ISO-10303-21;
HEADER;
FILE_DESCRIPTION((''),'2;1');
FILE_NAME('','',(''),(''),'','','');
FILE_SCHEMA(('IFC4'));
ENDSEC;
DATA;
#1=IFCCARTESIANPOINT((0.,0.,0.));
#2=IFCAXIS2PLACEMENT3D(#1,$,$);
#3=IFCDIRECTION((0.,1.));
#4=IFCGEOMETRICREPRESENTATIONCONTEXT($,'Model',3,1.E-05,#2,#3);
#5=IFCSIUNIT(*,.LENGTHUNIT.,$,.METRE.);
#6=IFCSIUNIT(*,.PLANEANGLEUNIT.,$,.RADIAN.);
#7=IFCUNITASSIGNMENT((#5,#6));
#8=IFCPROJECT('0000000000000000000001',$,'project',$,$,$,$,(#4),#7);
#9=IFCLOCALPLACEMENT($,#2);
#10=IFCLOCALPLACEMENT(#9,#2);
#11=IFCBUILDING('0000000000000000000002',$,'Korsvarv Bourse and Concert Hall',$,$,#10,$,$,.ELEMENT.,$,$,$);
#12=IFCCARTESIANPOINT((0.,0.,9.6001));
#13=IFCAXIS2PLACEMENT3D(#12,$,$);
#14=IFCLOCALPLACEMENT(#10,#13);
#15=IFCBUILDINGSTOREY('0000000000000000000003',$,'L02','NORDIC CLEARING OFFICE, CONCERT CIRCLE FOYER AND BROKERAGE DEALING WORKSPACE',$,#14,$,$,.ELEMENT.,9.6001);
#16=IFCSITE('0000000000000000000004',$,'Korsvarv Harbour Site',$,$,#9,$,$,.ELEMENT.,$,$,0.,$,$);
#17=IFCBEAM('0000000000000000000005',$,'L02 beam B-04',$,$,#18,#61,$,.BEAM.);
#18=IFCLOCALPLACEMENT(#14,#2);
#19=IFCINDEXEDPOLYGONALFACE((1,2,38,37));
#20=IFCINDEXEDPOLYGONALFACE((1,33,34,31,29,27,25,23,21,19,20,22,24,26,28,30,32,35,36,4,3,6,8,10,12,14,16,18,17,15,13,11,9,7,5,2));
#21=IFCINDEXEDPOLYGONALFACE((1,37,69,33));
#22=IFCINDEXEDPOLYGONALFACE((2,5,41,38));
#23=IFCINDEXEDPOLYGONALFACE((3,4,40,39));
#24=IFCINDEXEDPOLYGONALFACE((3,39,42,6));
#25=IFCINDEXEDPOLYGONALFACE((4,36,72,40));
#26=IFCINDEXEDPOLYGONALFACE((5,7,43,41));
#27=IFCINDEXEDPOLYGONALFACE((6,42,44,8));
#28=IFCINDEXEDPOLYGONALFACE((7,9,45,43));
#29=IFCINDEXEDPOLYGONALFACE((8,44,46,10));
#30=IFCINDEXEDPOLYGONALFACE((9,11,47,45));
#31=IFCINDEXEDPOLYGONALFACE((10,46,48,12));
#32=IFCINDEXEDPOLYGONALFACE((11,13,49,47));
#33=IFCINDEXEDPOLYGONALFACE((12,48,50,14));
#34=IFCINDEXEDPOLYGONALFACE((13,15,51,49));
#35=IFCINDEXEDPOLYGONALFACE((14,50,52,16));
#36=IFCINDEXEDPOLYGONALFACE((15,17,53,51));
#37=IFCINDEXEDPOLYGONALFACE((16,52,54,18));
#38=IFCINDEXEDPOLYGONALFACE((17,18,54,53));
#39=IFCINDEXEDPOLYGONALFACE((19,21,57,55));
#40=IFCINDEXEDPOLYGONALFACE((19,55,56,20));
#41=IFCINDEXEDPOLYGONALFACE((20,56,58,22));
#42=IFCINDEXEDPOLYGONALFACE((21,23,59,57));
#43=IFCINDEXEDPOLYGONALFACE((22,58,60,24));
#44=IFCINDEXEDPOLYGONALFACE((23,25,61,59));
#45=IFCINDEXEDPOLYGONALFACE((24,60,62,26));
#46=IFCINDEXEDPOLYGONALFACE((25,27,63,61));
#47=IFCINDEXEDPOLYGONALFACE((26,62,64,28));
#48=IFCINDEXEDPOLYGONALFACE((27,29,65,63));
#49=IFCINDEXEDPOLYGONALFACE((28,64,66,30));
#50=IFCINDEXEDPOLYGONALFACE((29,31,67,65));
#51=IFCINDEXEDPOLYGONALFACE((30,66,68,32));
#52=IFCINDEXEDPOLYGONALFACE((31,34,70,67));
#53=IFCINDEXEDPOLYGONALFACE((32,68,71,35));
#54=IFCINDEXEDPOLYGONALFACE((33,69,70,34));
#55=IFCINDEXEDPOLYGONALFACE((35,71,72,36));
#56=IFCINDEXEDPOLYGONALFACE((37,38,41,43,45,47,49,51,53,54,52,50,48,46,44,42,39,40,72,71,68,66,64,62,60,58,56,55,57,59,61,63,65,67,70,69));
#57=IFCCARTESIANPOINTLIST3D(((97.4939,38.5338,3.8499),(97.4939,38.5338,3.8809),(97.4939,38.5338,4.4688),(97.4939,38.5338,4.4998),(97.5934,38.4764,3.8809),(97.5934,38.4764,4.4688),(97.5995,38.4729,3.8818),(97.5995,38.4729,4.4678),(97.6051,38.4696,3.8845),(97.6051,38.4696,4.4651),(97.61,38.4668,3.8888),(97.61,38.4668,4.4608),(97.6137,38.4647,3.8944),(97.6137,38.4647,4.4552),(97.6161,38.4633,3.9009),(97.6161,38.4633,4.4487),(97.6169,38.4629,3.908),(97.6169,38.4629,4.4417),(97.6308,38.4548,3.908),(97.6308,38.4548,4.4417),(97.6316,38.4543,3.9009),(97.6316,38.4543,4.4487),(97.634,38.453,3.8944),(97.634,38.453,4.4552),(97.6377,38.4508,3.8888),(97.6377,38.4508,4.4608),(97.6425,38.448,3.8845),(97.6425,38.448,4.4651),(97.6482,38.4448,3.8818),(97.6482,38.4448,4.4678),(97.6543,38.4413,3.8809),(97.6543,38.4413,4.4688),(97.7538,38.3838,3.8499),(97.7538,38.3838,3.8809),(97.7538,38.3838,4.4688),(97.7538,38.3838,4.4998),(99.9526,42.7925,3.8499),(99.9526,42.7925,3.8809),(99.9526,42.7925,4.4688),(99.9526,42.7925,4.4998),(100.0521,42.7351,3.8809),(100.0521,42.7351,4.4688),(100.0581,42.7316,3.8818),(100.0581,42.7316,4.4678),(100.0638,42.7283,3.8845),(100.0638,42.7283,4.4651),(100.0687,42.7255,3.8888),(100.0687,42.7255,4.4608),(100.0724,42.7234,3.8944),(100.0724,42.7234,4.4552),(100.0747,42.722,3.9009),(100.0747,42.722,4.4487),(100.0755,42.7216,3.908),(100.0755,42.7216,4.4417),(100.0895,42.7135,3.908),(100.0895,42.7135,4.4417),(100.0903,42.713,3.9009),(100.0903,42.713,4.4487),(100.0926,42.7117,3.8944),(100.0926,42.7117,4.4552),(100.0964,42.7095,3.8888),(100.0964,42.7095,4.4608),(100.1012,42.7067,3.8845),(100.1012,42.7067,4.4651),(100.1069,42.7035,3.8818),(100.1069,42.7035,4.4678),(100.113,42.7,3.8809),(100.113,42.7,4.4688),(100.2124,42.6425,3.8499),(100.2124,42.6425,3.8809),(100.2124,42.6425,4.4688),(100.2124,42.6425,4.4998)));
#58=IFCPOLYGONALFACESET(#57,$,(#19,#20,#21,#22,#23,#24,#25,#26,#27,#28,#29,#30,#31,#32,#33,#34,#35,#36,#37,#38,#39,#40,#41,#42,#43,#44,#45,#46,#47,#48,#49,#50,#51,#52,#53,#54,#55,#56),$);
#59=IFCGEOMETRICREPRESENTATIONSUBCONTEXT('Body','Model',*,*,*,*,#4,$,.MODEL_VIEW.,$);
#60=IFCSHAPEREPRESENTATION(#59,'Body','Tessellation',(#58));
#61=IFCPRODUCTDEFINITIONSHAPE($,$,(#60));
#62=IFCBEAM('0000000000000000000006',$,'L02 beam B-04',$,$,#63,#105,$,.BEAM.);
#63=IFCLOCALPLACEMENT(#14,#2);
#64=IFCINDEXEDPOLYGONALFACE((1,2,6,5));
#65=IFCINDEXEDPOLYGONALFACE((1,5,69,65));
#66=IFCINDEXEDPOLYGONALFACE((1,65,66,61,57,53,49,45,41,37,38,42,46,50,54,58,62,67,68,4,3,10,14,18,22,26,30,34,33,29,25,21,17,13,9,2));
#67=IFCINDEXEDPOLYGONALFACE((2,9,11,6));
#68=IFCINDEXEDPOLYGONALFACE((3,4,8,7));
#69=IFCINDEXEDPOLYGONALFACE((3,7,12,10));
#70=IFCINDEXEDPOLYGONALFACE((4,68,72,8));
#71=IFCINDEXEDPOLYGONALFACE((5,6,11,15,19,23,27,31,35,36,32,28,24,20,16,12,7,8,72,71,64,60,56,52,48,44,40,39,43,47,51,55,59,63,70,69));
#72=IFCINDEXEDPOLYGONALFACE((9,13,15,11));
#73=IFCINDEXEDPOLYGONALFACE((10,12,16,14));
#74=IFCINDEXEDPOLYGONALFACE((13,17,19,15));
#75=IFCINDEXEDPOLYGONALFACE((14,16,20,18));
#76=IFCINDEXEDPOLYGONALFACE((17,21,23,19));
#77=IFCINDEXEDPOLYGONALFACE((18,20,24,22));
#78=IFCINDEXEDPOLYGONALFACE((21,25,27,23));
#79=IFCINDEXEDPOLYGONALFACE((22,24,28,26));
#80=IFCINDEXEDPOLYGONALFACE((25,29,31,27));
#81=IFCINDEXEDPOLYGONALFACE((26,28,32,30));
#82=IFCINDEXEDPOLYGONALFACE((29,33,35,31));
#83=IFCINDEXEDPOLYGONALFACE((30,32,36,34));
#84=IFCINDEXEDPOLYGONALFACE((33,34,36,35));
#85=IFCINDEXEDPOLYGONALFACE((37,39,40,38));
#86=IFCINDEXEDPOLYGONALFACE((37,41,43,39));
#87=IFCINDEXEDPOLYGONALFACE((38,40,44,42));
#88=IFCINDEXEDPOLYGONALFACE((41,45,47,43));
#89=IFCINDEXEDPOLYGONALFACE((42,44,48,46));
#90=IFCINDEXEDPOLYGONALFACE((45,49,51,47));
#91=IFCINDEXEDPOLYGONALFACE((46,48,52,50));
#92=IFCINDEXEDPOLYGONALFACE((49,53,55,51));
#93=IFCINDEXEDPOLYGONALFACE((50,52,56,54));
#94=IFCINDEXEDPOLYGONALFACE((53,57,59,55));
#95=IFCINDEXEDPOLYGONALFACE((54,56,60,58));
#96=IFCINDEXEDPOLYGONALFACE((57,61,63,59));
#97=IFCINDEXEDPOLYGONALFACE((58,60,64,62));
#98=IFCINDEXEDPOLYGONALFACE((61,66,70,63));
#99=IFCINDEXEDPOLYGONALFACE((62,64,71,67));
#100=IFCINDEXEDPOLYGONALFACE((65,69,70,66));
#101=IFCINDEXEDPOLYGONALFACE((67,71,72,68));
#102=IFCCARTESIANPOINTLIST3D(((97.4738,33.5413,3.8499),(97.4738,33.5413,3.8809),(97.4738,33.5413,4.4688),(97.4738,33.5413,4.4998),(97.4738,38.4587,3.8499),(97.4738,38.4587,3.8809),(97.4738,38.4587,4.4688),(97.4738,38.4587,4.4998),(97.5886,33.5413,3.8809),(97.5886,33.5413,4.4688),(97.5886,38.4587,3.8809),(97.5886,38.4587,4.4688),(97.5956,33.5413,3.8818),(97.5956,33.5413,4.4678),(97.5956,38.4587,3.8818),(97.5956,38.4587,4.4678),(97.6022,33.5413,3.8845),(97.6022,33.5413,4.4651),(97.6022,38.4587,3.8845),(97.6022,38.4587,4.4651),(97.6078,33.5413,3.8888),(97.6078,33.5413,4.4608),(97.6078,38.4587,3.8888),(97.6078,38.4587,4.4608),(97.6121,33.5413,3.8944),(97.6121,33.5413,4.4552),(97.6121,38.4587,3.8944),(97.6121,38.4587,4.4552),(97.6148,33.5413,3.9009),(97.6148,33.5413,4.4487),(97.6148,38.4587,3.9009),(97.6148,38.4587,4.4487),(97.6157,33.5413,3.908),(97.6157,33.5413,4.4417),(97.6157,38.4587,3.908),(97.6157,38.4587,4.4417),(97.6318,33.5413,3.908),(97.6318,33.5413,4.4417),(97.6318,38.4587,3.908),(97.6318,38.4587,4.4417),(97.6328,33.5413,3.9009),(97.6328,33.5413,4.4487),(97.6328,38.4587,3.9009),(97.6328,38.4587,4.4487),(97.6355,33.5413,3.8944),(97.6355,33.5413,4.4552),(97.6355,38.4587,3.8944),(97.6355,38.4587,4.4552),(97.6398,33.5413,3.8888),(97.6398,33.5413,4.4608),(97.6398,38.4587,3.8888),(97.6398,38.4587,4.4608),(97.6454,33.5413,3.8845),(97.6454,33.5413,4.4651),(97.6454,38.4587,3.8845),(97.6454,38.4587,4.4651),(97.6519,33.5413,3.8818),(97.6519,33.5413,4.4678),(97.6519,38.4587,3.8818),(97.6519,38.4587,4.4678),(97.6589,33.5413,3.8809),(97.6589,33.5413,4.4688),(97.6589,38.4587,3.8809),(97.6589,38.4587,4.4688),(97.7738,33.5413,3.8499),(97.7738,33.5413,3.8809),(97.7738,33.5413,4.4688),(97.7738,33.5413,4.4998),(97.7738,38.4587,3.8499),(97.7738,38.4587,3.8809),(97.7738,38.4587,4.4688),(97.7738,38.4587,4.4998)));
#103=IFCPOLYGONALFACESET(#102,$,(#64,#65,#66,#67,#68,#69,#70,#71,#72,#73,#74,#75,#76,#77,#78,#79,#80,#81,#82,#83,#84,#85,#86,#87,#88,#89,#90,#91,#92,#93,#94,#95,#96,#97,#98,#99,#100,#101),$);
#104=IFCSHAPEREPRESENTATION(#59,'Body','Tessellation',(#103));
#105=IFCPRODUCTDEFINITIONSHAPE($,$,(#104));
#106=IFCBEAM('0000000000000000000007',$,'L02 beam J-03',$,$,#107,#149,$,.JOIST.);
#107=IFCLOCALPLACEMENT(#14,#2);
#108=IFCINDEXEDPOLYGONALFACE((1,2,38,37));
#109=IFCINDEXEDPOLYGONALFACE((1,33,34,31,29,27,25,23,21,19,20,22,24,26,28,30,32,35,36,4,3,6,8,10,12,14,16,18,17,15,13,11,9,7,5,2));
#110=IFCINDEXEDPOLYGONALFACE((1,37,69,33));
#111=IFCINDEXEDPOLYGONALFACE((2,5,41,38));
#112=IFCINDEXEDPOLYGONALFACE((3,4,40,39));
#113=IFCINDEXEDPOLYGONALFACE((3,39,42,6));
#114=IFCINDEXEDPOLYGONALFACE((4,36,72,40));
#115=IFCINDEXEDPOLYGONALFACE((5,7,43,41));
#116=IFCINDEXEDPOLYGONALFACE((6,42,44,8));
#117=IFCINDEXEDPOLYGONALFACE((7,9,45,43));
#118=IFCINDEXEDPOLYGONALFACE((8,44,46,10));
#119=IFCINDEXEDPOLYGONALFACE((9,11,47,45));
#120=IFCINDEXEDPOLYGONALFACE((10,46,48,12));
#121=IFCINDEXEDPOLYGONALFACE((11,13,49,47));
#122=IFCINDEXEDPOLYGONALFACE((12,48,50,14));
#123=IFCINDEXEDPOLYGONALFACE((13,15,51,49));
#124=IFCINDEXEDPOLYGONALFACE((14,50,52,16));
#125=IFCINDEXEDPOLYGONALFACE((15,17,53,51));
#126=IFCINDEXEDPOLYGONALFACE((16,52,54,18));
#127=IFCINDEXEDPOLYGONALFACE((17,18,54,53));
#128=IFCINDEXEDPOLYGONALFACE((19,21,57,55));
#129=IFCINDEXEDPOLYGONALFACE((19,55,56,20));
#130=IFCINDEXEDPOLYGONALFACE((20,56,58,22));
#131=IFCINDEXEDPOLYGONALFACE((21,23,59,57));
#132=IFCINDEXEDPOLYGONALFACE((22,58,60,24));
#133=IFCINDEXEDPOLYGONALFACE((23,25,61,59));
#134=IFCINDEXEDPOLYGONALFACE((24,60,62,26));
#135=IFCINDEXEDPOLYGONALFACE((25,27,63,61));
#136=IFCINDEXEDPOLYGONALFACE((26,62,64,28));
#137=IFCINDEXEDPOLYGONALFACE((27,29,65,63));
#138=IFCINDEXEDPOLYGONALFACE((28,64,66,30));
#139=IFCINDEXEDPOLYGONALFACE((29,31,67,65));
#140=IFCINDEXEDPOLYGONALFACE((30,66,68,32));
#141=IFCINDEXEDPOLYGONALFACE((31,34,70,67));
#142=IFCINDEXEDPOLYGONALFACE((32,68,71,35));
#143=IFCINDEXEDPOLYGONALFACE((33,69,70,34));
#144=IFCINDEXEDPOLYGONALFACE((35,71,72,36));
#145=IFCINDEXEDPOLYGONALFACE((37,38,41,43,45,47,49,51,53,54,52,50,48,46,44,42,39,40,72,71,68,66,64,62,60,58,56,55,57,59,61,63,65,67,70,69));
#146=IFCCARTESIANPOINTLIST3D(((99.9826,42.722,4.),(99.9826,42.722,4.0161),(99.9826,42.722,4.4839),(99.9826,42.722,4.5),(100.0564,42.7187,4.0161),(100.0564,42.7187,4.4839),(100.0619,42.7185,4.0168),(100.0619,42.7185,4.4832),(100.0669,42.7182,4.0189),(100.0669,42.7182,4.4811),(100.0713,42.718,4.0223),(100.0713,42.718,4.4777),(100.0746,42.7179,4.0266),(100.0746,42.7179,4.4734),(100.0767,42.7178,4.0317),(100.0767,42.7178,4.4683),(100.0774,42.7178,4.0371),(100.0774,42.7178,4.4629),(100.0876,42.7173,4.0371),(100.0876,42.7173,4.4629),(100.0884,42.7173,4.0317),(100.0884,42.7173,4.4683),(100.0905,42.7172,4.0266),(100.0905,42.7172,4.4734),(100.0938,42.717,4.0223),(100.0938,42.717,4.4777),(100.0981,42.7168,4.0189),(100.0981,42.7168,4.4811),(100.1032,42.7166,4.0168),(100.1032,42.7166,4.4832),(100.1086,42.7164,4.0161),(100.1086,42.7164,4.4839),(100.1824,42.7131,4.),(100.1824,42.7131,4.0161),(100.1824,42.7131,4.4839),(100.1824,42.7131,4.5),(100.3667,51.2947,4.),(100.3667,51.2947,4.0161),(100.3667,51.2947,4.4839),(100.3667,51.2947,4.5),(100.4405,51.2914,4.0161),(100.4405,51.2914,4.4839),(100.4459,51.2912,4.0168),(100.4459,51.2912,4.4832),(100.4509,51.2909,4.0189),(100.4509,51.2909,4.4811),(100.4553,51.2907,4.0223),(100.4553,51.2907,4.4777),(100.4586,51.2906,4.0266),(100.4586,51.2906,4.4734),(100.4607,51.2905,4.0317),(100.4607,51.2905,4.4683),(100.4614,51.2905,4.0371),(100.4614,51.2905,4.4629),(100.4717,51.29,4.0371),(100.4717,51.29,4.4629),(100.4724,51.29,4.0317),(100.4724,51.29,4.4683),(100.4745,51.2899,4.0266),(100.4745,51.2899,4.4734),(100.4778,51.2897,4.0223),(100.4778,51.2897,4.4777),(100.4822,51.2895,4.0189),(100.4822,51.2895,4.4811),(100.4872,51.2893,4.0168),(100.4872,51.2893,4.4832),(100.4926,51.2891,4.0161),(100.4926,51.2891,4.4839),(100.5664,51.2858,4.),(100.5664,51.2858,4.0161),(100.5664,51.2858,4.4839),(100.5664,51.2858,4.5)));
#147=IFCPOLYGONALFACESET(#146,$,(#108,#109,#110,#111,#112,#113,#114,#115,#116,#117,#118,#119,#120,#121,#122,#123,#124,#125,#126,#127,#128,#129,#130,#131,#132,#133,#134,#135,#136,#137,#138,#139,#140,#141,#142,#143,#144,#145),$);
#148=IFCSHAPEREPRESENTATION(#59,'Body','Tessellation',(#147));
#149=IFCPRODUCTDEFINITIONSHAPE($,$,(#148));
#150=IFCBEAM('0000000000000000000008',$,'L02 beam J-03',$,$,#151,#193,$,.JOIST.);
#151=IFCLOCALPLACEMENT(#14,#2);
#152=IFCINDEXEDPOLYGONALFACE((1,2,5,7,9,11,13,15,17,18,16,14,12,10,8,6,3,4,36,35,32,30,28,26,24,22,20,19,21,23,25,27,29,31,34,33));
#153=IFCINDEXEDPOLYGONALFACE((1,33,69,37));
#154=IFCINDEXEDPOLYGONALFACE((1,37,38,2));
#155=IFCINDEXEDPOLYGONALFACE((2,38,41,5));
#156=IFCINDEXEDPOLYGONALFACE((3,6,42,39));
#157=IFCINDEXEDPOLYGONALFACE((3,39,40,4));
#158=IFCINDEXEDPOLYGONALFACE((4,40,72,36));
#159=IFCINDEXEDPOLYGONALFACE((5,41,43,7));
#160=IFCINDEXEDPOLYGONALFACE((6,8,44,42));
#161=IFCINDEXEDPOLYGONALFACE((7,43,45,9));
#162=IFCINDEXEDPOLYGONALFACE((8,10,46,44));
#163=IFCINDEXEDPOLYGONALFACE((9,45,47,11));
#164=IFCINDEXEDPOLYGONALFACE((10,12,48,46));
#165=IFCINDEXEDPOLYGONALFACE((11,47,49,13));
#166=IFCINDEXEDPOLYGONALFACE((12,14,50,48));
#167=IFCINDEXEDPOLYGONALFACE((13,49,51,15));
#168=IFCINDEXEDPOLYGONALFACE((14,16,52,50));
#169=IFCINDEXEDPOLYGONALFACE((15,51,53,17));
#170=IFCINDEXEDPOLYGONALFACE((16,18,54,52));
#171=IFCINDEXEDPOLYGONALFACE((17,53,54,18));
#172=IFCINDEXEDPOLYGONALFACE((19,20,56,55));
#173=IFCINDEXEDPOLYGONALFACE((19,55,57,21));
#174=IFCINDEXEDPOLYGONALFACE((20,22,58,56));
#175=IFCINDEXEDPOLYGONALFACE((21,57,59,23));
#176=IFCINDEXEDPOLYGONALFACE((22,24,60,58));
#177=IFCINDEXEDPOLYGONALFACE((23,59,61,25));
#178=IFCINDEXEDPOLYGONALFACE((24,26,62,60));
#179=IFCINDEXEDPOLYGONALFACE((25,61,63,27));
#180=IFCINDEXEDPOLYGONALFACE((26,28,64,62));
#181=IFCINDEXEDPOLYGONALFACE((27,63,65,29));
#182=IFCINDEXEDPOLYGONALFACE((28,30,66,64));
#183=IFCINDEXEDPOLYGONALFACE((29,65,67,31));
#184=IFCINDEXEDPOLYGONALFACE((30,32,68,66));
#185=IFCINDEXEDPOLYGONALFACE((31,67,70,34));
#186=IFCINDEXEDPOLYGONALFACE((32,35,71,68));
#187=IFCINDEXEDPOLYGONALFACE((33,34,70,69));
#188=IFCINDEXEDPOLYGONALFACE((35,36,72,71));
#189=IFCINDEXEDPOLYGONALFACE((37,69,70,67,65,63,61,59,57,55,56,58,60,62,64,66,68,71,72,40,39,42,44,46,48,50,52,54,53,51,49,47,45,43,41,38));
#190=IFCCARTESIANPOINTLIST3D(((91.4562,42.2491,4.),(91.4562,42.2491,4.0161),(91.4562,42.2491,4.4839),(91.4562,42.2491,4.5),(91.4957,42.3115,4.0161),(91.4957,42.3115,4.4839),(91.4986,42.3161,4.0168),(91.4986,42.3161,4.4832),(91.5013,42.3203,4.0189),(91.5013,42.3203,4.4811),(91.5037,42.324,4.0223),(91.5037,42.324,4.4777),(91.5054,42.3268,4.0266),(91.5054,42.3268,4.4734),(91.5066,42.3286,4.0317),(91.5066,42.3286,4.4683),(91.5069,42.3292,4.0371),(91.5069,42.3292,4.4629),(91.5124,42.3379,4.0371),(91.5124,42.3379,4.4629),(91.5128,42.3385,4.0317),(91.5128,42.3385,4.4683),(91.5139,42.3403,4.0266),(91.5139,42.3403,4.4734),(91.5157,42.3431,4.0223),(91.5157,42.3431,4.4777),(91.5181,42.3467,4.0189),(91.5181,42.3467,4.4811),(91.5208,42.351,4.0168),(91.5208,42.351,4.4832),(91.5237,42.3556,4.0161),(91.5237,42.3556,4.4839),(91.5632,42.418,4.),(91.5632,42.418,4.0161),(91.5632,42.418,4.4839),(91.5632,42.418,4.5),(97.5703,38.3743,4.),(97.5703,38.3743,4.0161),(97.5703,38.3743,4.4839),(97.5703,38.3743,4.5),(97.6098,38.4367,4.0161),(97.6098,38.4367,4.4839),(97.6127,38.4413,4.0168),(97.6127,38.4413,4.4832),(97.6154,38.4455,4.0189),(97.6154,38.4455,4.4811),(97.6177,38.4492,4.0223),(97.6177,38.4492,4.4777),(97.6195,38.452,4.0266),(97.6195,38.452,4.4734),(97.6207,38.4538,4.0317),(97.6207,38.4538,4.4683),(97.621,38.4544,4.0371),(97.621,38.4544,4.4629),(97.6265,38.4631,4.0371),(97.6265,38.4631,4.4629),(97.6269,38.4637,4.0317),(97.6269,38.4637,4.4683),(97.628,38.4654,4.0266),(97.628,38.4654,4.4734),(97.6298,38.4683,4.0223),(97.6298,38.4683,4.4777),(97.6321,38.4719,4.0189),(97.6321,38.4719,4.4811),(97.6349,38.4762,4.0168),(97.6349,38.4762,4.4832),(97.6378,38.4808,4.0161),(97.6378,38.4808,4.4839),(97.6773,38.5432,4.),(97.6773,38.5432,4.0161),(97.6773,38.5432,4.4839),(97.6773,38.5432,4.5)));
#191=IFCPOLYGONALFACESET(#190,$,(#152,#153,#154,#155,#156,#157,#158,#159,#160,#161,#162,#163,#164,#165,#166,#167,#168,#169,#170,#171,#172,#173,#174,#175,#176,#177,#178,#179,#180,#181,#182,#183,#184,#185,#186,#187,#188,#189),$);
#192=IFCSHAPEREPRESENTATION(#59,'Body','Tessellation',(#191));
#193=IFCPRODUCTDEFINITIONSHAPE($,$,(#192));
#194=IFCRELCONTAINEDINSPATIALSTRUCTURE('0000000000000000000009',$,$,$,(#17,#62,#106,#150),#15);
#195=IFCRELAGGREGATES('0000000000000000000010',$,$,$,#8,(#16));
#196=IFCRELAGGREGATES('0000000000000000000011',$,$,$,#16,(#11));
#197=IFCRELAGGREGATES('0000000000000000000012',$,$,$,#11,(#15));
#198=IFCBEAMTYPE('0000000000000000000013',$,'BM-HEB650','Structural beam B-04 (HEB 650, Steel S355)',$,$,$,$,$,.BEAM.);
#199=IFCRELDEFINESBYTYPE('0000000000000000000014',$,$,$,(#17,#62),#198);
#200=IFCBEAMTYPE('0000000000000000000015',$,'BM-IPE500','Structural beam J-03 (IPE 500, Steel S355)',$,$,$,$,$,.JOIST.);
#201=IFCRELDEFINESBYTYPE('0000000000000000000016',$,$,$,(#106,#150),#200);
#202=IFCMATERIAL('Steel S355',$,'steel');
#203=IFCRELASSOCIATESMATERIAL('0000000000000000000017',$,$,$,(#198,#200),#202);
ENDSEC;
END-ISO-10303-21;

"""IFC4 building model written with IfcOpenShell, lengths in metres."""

from ifc_helpers import new_model, si_unit, direction, frame, origin, origin_2d, place, context, subcontext, project, spatial, i_section, extrude, source, transform, mapped, material, material_profile, profile_set, type_object, element, save


model = new_model("IFC4")

# Units and contexts
model_context = context("Model", 3, precision=1e-05, world=origin(), true_north=direction((0.0, 1.0)))
body_context = subcontext(model_context, "Body", "Model", "MODEL_VIEW")
ifc_project = project(units=[si_unit("LENGTHUNIT", "METRE"), si_unit("PLANEANGLEUNIT", "RADIAN")], contexts=[model_context])

# Site, building, storey
site_placement = place(None, origin())
site = spatial("IfcSite", under=ifc_project, at=site_placement, Name="Korsvarv Harbour Site", CompositionType="ELEMENT", RefElevation=0.0)
building_placement = place(site_placement, origin())
building = spatial("IfcBuilding", under=site, at=building_placement, Name="Korsvarv Bourse and Concert Hall", CompositionType="ELEMENT")
storey_placement = place(building_placement, frame((0.0, 0.0, 9.6001)))
storey = spatial("IfcBuildingStorey", under=building, at=storey_placement, Name="L02", Description="NORDIC CLEARING OFFICE, CONCERT CIRCLE FOYER AND BROKERAGE DEALING WORKSPACE", CompositionType="ELEMENT", Elevation=9.6001)

# Beams
ifc_material_1 = material(Name="Steel S355", Category="steel")
ifc_material_profile_1 = material_profile(ifc_material_1, i_section(OverallWidth=0.3, OverallDepth=0.6499, WebThickness=0.0161, FlangeThickness=0.031, FilletRadius=0.0271, at=origin_2d()), Name="HEB 650")
ifc_profile_set_1 = profile_set([ifc_material_profile_1], Name="Steel S355")
beam_type_1 = type_object("IfcBeamType", Name="BM-HEB650", Description="Structural beam B-04 (HEB 650, Steel S355)", PredefinedType="BEAM", material=ifc_profile_set_1)
shared_shape_1 = source(origin(), body_context, "Body", "SweptSolid", [
    extrude(i_section(OverallWidth=0.3, OverallDepth=0.6499, WebThickness=0.0161, FlangeThickness=0.031, FilletRadius=0.0271, at=origin_2d()), origin(), (0.0, 0.0, 1.0), 4.9175),
])
for number, where, z_axis, x_axis, name in (
    (1, (100.0825, 42.7175, 4.1748), (-0.499989, -0.866032, 0.0), (0.866032, -0.499989, 0.0), "L02 beam B-04"),
    (2, (97.6238, 38.4587, 4.1748), (0.0, -1.0, 0.0), (1.0, 0.0, 0.0), "L02 beam B-04"),
):
    element("IfcBeam", number, at=place(storey_placement, frame(where, z_axis=z_axis, x_axis=x_axis)), inside=storey, type_object=beam_type_1, Name=name, PredefinedType="BEAM", context=body_context, shape_type="MappedRepresentation", body=[
        mapped(shared_shape_1, transform((0.0, 0.0, 0.0), scale=1.0)),
    ])
ifc_material_profile_2 = material_profile(ifc_material_1, i_section(OverallWidth=0.2, OverallDepth=0.5, WebThickness=0.0103, FlangeThickness=0.0161, FilletRadius=0.021, at=origin_2d()), Name="IPE 500")
ifc_profile_set_2 = profile_set([ifc_material_profile_2], Name="Steel S355")
beam_type_2 = type_object("IfcBeamType", Name="BM-IPE500", Description="Structural beam J-03 (IPE 500, Steel S355)", PredefinedType="JOIST", material=ifc_profile_set_2)
shared_shape_2 = source(origin(), body_context, "Body", "SweptSolid", [
    extrude(i_section(OverallWidth=0.2, OverallDepth=0.5, WebThickness=0.0103, FlangeThickness=0.0161, FilletRadius=0.021, at=origin_2d()), origin(), (0.0, 0.0, 1.0), 8.5813),
])
beam_1_placement = place(storey_placement, frame((100.0825, 42.7175, 4.25), z_axis=(0.044752, 0.998998, 0.0), x_axis=(-0.998998, 0.044752, 0.0)))
element("IfcBeam", 3, at=beam_1_placement, inside=storey, type_object=beam_type_2, Name="L02 beam J-03", PredefinedType="JOIST", context=body_context, shape_type="MappedRepresentation", body=[
    mapped(shared_shape_2, transform((0.0, 0.0, 0.0), scale=1.0)),
])
shared_shape_3 = source(origin(), body_context, "Body", "SweptSolid", [
    extrude(i_section(OverallWidth=0.2, OverallDepth=0.5, WebThickness=0.0103, FlangeThickness=0.0161, FilletRadius=0.021, at=origin_2d()), origin(), (0.0, 0.0, 1.0), 7.2385),
])
beam_2_placement = place(storey_placement, frame((97.6238, 38.4587, 4.25), z_axis=(-0.84466, 0.535303, 0.0), x_axis=(-0.535303, -0.84466, 0.0)))
element("IfcBeam", 4, at=beam_2_placement, inside=storey, type_object=beam_type_2, Name="L02 beam J-03", PredefinedType="JOIST", context=body_context, shape_type="MappedRepresentation", body=[
    mapped(shared_shape_3, transform((0.0, 0.0, 0.0), scale=1.0)),
])

save(model, "model.ifc")
